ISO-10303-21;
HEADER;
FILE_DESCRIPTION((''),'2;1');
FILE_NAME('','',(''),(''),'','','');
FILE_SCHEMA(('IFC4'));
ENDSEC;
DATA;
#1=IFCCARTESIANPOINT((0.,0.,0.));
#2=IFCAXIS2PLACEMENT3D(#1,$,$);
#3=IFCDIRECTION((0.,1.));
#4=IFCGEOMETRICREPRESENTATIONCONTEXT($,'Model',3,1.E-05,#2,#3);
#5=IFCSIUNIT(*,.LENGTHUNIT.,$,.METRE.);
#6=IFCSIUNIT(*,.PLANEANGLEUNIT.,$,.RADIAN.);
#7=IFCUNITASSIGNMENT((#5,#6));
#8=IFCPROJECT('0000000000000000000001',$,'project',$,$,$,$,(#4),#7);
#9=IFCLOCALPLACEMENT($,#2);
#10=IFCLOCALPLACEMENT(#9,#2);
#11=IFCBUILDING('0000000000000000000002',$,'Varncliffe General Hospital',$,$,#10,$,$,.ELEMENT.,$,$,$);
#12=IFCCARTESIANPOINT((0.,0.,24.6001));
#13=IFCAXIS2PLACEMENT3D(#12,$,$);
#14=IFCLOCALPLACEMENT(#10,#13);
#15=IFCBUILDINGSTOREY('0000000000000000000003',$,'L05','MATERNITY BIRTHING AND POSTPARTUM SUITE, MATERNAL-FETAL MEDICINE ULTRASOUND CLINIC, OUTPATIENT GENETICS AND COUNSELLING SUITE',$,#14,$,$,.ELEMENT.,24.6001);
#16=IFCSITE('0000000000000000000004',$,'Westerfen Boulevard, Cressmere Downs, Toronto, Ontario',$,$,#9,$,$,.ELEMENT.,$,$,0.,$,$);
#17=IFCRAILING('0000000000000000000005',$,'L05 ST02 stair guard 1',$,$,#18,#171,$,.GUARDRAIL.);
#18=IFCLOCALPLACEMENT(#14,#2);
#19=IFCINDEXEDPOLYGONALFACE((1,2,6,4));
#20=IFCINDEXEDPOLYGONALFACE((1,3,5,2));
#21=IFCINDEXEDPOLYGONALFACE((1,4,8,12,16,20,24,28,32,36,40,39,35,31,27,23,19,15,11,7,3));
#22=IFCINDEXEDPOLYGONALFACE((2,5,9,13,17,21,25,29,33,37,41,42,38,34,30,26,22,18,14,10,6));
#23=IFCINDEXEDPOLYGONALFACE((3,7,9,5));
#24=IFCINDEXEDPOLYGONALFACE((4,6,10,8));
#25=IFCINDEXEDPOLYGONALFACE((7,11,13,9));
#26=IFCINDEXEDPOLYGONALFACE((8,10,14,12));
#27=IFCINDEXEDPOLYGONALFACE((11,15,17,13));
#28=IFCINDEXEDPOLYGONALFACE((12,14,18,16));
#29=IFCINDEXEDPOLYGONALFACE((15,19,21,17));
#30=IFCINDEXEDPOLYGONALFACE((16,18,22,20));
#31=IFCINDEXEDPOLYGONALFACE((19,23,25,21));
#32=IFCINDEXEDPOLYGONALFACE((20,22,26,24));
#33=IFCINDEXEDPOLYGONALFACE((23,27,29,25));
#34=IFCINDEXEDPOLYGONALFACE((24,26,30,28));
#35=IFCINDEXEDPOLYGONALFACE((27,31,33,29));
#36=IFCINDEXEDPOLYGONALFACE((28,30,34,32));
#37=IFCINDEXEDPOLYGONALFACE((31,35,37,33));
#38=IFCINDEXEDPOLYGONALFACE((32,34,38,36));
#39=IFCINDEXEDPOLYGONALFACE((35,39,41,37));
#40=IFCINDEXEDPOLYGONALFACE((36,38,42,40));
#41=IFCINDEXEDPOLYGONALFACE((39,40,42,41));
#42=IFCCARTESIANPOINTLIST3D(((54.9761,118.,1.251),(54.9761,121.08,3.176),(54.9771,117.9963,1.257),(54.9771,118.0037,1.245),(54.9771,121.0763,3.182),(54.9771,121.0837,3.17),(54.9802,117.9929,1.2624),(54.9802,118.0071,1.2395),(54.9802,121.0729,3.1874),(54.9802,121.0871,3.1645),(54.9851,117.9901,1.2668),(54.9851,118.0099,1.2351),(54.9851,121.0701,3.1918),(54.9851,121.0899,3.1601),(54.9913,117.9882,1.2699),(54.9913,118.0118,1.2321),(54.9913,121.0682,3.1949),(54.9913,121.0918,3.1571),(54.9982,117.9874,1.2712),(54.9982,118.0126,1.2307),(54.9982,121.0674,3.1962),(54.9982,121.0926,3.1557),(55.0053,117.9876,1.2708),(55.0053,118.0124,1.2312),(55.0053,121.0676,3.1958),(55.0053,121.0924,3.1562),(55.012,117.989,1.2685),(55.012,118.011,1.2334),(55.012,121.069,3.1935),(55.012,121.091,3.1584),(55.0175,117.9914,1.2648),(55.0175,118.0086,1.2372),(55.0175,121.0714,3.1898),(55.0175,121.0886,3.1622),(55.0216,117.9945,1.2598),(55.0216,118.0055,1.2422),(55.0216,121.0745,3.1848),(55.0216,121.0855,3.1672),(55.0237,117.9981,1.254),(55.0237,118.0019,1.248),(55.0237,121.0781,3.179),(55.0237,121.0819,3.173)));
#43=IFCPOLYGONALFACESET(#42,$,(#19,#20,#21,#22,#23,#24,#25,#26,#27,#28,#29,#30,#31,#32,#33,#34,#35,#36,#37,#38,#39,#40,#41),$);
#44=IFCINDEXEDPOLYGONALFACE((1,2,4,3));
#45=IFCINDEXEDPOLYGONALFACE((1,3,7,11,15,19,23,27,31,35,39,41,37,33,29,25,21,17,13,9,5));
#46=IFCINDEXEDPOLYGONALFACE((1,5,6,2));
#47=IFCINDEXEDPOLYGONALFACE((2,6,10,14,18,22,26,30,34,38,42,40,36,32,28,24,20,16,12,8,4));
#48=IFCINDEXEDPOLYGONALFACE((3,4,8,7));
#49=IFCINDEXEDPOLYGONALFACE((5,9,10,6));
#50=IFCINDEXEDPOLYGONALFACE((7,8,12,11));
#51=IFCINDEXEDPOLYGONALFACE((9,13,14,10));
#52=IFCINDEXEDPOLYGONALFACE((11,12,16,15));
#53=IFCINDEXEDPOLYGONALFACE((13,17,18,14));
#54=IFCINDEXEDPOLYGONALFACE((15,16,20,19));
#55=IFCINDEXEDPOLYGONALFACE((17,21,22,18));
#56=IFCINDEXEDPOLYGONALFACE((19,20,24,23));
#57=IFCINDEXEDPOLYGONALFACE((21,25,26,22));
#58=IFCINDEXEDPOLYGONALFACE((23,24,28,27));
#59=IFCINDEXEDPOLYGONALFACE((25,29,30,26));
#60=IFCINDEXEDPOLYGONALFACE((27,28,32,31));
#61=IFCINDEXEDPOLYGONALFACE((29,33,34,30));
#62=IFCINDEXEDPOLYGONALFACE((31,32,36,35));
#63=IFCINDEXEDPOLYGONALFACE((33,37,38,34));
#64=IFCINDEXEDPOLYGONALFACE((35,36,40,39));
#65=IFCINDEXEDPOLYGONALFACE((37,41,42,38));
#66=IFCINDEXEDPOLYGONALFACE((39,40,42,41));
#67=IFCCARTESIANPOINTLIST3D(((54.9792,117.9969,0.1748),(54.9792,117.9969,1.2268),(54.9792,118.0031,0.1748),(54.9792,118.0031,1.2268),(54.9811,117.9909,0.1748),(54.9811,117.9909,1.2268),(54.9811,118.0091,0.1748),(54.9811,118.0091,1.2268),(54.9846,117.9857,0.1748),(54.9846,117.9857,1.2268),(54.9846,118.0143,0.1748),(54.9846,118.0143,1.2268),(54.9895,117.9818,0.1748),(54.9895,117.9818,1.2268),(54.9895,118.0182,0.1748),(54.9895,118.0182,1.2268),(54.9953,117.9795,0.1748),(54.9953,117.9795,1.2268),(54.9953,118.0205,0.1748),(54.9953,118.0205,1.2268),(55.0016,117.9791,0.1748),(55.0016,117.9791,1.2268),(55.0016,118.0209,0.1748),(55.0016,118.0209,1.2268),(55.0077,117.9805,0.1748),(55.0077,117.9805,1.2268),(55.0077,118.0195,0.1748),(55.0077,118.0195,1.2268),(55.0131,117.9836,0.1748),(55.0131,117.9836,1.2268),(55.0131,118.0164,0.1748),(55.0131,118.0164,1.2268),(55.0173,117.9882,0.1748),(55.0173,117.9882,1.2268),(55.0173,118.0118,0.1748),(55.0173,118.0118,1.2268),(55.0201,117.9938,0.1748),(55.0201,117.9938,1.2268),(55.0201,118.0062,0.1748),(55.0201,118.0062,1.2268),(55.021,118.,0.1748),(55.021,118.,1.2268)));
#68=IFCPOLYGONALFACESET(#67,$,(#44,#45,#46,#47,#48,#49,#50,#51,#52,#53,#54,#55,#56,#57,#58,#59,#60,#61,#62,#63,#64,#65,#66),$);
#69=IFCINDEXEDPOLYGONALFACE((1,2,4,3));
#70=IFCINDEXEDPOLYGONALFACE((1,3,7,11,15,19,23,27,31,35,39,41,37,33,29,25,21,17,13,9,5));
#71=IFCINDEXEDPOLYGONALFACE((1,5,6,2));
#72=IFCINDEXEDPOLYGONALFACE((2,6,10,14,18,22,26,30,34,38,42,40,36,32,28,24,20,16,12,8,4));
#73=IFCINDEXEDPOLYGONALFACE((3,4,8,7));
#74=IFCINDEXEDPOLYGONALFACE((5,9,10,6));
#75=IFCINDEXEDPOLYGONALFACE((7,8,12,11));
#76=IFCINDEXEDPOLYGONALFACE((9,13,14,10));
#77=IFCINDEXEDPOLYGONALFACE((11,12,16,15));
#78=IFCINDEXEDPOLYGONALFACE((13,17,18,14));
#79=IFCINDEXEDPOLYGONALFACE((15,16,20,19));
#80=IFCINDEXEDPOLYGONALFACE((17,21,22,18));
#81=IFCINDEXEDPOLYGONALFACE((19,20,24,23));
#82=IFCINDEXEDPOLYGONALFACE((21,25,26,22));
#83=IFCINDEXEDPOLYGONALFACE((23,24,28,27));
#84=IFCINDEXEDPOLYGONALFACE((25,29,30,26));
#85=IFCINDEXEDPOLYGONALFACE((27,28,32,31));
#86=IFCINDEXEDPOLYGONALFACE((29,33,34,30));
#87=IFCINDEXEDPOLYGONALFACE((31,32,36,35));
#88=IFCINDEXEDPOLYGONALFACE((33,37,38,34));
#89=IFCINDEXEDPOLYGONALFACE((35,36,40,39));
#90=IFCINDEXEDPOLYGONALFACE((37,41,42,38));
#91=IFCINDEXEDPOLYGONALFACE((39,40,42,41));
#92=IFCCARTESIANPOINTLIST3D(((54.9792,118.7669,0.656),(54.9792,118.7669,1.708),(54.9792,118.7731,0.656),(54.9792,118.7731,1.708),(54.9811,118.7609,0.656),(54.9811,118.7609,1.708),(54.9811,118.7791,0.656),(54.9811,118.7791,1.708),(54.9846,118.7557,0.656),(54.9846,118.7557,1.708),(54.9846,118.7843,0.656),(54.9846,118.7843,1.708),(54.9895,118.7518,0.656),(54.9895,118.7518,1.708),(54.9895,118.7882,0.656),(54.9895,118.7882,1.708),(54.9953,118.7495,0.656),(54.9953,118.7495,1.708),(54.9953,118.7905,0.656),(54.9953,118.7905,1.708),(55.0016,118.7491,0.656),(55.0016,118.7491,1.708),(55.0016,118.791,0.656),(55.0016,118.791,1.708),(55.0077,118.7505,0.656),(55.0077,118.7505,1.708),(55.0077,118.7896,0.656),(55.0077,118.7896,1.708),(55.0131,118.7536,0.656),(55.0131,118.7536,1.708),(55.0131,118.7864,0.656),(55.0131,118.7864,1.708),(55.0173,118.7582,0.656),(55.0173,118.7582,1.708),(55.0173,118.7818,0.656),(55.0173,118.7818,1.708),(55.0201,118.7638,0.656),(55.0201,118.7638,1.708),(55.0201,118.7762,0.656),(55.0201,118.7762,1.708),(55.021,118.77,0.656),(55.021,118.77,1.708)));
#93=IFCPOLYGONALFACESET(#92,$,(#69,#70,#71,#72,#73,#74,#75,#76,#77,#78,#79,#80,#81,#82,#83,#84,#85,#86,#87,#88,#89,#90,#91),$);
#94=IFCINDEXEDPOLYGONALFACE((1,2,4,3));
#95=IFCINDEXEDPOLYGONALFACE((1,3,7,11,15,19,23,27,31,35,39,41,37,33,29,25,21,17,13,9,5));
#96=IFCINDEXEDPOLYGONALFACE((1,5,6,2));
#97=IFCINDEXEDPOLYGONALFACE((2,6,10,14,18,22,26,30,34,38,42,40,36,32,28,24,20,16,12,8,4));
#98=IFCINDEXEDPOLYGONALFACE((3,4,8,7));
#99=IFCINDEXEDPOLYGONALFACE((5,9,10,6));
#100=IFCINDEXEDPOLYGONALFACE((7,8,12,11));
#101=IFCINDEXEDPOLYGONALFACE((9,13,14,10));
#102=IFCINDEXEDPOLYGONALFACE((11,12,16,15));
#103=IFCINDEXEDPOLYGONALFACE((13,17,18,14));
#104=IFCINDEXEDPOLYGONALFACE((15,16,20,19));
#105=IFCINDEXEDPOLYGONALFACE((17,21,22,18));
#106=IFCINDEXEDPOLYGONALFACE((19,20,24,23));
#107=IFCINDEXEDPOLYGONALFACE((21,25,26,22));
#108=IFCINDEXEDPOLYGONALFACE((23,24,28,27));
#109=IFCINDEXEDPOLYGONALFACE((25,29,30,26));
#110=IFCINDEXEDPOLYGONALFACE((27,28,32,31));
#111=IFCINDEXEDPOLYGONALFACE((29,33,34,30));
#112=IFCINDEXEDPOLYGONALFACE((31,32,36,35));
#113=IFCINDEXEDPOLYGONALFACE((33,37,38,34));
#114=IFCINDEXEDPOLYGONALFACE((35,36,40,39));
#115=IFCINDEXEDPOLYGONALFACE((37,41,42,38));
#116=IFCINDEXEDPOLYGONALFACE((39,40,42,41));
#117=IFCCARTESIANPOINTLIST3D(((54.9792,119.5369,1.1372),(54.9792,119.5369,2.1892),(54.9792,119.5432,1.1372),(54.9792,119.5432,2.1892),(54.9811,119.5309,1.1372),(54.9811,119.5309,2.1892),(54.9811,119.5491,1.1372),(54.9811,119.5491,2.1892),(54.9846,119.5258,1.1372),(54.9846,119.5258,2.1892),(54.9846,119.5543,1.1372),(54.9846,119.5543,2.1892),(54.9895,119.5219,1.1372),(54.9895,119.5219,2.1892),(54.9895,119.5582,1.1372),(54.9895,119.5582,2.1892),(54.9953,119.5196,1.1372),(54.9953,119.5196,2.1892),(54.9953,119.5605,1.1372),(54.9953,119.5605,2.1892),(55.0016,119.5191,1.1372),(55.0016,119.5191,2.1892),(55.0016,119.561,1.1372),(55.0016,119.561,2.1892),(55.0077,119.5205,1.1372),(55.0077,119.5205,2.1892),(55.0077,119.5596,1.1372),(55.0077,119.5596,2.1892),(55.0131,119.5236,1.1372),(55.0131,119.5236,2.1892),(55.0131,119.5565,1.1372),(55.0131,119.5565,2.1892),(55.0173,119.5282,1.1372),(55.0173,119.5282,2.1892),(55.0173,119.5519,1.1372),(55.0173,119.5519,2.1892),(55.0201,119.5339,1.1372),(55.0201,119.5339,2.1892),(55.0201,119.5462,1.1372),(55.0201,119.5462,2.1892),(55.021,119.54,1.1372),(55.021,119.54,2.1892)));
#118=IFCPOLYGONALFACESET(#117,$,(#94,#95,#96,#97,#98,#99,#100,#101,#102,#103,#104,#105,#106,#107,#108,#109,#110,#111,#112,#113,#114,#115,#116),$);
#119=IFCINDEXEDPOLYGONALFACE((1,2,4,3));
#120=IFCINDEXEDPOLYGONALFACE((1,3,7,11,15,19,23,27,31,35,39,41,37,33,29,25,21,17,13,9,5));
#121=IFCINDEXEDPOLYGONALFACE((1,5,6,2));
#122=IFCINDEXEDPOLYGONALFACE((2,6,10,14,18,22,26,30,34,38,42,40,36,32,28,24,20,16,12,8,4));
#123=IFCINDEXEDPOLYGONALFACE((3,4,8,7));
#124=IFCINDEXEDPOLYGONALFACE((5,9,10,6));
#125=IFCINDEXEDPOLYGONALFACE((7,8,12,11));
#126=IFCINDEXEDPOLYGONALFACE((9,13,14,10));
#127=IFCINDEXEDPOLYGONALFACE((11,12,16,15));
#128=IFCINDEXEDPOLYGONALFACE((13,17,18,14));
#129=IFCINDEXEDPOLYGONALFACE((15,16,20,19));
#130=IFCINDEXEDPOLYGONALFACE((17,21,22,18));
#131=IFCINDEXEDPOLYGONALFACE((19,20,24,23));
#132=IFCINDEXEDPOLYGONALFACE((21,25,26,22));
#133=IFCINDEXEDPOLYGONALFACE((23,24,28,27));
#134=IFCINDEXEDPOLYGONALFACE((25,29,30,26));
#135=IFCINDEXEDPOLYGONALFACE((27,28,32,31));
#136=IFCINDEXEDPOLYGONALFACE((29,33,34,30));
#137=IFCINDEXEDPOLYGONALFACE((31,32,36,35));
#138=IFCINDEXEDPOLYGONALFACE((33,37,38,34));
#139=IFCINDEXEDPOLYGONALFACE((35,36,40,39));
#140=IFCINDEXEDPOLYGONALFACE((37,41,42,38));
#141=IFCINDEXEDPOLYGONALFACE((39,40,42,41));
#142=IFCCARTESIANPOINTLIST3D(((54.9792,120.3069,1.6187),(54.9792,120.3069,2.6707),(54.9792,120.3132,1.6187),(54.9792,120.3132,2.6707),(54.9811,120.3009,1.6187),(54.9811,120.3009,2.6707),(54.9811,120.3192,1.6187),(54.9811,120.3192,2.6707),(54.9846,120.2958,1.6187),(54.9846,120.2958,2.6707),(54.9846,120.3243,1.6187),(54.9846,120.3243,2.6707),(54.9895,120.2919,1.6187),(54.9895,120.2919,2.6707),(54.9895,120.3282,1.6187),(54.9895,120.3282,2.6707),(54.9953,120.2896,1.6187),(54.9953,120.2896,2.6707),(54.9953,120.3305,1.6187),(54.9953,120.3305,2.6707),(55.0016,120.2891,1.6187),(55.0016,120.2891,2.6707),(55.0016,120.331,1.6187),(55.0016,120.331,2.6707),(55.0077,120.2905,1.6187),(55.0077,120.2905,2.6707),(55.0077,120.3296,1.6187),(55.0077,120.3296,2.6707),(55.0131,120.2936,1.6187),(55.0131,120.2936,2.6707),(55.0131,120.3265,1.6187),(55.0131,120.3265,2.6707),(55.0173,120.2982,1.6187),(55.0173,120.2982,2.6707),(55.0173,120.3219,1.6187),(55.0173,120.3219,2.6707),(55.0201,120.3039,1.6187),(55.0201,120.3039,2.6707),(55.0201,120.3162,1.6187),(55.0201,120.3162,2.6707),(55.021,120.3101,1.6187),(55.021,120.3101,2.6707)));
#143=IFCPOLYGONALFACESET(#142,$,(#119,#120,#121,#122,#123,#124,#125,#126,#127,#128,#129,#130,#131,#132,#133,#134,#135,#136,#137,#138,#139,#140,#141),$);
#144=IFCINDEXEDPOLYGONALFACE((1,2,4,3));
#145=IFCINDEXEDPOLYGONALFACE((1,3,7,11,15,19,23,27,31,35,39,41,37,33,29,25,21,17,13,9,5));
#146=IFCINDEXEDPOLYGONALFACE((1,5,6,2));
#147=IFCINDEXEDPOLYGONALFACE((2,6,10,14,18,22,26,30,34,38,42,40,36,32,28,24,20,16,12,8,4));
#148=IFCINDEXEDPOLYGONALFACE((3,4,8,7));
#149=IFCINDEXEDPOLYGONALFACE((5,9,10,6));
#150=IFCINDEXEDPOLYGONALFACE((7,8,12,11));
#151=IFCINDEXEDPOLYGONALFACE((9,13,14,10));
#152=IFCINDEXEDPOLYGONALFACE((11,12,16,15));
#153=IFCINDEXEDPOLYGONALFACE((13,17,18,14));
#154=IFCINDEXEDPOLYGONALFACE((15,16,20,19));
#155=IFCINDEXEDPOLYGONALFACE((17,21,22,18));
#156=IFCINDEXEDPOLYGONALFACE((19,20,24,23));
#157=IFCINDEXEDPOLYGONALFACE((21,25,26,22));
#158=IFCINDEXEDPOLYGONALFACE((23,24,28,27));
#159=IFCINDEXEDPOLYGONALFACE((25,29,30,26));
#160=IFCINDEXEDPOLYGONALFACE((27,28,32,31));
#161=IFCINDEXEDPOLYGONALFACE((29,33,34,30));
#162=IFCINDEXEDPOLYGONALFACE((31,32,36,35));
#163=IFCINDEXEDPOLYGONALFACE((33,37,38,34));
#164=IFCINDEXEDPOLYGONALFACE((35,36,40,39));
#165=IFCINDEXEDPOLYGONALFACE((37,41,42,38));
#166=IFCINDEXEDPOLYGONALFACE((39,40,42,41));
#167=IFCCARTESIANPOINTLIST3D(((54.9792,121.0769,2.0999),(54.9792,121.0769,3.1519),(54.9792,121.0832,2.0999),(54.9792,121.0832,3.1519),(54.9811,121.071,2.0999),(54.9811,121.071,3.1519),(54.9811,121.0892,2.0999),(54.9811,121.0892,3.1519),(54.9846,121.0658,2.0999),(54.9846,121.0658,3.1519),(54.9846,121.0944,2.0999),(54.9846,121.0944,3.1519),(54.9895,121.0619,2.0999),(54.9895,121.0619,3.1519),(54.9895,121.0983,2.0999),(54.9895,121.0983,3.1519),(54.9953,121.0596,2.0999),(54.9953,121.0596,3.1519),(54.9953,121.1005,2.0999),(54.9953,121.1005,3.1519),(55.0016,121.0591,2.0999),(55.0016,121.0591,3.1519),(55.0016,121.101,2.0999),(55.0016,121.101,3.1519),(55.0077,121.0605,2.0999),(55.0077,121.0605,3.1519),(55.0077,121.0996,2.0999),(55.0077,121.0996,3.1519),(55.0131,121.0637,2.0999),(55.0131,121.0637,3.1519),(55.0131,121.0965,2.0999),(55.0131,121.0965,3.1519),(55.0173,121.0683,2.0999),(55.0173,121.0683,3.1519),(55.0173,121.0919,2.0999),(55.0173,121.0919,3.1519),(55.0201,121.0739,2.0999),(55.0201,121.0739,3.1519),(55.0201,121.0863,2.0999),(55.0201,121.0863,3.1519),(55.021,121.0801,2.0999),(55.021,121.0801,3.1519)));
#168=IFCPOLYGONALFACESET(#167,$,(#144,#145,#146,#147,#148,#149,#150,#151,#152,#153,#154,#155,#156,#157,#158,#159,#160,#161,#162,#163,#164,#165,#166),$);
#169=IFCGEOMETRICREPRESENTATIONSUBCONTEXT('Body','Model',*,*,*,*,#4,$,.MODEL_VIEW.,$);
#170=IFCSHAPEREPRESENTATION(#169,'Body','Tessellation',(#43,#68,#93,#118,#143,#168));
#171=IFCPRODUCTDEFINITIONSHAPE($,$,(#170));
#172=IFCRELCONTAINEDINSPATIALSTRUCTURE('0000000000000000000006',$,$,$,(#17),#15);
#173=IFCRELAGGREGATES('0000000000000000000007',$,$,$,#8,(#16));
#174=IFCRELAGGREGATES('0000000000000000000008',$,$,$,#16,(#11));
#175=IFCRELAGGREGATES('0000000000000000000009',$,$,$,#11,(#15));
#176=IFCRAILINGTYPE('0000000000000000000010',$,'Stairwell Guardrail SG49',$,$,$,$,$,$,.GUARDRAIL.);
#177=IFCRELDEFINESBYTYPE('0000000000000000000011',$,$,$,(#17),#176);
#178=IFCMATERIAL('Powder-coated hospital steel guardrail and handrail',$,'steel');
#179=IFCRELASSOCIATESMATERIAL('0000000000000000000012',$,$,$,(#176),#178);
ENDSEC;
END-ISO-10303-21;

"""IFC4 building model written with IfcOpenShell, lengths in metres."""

from ifc_helpers import new_model, si_unit, direction, frame, origin, origin_2d, place, context, subcontext, project, spatial, circle, extrude, material, type_object, element, save


model = new_model("IFC4")

# Units and contexts
model_context = context("Model", 3, precision=1e-05, world=origin(), true_north=direction((0.0, 1.0)))
body_context = subcontext(model_context, "Body", "Model", "MODEL_VIEW")
ifc_project = project(units=[si_unit("LENGTHUNIT", "METRE"), si_unit("PLANEANGLEUNIT", "RADIAN")], contexts=[model_context])

# Site, building, storey
site_placement = place(None, origin())
site = spatial("IfcSite", under=ifc_project, at=site_placement, Name="Westerfen Boulevard, Cressmere Downs, Toronto, Ontario", CompositionType="ELEMENT", RefElevation=0.0)
building_placement = place(site_placement, origin())
building = spatial("IfcBuilding", under=site, at=building_placement, Name="Varncliffe General Hospital", CompositionType="ELEMENT")
storey_placement = place(building_placement, frame((0.0, 0.0, 24.6001)))
storey = spatial("IfcBuildingStorey", under=building, at=storey_placement, Name="L05", Description="MATERNITY BIRTHING AND POSTPARTUM SUITE, MATERNAL-FETAL MEDICINE ULTRASOUND CLINIC, OUTPATIENT GENETICS AND COUNSELLING SUITE", CompositionType="ELEMENT", Elevation=24.6001)

# Railing
ifc_material_1 = material(Name="Powder-coated hospital steel guardrail and handrail", Category="steel")
railing_type_1 = type_object("IfcRailingType", Name="Stairwell Guardrail SG49", PredefinedType="GUARDRAIL", material=ifc_material_1)
railing_1_placement = place(storey_placement, frame((55.0, 118.0, 0.1748)))
element("IfcRailing", 1, at=railing_1_placement, inside=storey, type_object=railing_type_1, Name="L05 ST02 stair guard 1", PredefinedType="GUARDRAIL", context=body_context, shape_type="SweptSolid", body=[
    extrude(circle(Radius=0.0239, at=origin_2d()), frame((0.0, 0.0, 1.0762), z_axis=(0.0, 0.847998, 0.529999), x_axis=(-1.0, 0.0, 0.0)), (0.0, 0.0, 1.0), 3.6321),
    extrude(circle(Radius=0.021, at=origin_2d()), origin(), (0.0, 0.0, 1.0), 1.052),
    extrude(circle(Radius=0.021, at=origin_2d()), frame((0.0, 0.77, 0.4812)), (0.0, 0.0, 1.0), 1.052),
    extrude(circle(Radius=0.021, at=origin_2d()), frame((0.0, 1.54, 0.9624)), (0.0, 0.0, 1.0), 1.052),
    extrude(circle(Radius=0.021, at=origin_2d()), frame((0.0, 2.3101, 1.4438)), (0.0, 0.0, 1.0), 1.052),
    extrude(circle(Radius=0.021, at=origin_2d()), frame((0.0, 3.0801, 1.925)), (0.0, 0.0, 1.0), 1.052),
])

save(model, "model.ifc")
